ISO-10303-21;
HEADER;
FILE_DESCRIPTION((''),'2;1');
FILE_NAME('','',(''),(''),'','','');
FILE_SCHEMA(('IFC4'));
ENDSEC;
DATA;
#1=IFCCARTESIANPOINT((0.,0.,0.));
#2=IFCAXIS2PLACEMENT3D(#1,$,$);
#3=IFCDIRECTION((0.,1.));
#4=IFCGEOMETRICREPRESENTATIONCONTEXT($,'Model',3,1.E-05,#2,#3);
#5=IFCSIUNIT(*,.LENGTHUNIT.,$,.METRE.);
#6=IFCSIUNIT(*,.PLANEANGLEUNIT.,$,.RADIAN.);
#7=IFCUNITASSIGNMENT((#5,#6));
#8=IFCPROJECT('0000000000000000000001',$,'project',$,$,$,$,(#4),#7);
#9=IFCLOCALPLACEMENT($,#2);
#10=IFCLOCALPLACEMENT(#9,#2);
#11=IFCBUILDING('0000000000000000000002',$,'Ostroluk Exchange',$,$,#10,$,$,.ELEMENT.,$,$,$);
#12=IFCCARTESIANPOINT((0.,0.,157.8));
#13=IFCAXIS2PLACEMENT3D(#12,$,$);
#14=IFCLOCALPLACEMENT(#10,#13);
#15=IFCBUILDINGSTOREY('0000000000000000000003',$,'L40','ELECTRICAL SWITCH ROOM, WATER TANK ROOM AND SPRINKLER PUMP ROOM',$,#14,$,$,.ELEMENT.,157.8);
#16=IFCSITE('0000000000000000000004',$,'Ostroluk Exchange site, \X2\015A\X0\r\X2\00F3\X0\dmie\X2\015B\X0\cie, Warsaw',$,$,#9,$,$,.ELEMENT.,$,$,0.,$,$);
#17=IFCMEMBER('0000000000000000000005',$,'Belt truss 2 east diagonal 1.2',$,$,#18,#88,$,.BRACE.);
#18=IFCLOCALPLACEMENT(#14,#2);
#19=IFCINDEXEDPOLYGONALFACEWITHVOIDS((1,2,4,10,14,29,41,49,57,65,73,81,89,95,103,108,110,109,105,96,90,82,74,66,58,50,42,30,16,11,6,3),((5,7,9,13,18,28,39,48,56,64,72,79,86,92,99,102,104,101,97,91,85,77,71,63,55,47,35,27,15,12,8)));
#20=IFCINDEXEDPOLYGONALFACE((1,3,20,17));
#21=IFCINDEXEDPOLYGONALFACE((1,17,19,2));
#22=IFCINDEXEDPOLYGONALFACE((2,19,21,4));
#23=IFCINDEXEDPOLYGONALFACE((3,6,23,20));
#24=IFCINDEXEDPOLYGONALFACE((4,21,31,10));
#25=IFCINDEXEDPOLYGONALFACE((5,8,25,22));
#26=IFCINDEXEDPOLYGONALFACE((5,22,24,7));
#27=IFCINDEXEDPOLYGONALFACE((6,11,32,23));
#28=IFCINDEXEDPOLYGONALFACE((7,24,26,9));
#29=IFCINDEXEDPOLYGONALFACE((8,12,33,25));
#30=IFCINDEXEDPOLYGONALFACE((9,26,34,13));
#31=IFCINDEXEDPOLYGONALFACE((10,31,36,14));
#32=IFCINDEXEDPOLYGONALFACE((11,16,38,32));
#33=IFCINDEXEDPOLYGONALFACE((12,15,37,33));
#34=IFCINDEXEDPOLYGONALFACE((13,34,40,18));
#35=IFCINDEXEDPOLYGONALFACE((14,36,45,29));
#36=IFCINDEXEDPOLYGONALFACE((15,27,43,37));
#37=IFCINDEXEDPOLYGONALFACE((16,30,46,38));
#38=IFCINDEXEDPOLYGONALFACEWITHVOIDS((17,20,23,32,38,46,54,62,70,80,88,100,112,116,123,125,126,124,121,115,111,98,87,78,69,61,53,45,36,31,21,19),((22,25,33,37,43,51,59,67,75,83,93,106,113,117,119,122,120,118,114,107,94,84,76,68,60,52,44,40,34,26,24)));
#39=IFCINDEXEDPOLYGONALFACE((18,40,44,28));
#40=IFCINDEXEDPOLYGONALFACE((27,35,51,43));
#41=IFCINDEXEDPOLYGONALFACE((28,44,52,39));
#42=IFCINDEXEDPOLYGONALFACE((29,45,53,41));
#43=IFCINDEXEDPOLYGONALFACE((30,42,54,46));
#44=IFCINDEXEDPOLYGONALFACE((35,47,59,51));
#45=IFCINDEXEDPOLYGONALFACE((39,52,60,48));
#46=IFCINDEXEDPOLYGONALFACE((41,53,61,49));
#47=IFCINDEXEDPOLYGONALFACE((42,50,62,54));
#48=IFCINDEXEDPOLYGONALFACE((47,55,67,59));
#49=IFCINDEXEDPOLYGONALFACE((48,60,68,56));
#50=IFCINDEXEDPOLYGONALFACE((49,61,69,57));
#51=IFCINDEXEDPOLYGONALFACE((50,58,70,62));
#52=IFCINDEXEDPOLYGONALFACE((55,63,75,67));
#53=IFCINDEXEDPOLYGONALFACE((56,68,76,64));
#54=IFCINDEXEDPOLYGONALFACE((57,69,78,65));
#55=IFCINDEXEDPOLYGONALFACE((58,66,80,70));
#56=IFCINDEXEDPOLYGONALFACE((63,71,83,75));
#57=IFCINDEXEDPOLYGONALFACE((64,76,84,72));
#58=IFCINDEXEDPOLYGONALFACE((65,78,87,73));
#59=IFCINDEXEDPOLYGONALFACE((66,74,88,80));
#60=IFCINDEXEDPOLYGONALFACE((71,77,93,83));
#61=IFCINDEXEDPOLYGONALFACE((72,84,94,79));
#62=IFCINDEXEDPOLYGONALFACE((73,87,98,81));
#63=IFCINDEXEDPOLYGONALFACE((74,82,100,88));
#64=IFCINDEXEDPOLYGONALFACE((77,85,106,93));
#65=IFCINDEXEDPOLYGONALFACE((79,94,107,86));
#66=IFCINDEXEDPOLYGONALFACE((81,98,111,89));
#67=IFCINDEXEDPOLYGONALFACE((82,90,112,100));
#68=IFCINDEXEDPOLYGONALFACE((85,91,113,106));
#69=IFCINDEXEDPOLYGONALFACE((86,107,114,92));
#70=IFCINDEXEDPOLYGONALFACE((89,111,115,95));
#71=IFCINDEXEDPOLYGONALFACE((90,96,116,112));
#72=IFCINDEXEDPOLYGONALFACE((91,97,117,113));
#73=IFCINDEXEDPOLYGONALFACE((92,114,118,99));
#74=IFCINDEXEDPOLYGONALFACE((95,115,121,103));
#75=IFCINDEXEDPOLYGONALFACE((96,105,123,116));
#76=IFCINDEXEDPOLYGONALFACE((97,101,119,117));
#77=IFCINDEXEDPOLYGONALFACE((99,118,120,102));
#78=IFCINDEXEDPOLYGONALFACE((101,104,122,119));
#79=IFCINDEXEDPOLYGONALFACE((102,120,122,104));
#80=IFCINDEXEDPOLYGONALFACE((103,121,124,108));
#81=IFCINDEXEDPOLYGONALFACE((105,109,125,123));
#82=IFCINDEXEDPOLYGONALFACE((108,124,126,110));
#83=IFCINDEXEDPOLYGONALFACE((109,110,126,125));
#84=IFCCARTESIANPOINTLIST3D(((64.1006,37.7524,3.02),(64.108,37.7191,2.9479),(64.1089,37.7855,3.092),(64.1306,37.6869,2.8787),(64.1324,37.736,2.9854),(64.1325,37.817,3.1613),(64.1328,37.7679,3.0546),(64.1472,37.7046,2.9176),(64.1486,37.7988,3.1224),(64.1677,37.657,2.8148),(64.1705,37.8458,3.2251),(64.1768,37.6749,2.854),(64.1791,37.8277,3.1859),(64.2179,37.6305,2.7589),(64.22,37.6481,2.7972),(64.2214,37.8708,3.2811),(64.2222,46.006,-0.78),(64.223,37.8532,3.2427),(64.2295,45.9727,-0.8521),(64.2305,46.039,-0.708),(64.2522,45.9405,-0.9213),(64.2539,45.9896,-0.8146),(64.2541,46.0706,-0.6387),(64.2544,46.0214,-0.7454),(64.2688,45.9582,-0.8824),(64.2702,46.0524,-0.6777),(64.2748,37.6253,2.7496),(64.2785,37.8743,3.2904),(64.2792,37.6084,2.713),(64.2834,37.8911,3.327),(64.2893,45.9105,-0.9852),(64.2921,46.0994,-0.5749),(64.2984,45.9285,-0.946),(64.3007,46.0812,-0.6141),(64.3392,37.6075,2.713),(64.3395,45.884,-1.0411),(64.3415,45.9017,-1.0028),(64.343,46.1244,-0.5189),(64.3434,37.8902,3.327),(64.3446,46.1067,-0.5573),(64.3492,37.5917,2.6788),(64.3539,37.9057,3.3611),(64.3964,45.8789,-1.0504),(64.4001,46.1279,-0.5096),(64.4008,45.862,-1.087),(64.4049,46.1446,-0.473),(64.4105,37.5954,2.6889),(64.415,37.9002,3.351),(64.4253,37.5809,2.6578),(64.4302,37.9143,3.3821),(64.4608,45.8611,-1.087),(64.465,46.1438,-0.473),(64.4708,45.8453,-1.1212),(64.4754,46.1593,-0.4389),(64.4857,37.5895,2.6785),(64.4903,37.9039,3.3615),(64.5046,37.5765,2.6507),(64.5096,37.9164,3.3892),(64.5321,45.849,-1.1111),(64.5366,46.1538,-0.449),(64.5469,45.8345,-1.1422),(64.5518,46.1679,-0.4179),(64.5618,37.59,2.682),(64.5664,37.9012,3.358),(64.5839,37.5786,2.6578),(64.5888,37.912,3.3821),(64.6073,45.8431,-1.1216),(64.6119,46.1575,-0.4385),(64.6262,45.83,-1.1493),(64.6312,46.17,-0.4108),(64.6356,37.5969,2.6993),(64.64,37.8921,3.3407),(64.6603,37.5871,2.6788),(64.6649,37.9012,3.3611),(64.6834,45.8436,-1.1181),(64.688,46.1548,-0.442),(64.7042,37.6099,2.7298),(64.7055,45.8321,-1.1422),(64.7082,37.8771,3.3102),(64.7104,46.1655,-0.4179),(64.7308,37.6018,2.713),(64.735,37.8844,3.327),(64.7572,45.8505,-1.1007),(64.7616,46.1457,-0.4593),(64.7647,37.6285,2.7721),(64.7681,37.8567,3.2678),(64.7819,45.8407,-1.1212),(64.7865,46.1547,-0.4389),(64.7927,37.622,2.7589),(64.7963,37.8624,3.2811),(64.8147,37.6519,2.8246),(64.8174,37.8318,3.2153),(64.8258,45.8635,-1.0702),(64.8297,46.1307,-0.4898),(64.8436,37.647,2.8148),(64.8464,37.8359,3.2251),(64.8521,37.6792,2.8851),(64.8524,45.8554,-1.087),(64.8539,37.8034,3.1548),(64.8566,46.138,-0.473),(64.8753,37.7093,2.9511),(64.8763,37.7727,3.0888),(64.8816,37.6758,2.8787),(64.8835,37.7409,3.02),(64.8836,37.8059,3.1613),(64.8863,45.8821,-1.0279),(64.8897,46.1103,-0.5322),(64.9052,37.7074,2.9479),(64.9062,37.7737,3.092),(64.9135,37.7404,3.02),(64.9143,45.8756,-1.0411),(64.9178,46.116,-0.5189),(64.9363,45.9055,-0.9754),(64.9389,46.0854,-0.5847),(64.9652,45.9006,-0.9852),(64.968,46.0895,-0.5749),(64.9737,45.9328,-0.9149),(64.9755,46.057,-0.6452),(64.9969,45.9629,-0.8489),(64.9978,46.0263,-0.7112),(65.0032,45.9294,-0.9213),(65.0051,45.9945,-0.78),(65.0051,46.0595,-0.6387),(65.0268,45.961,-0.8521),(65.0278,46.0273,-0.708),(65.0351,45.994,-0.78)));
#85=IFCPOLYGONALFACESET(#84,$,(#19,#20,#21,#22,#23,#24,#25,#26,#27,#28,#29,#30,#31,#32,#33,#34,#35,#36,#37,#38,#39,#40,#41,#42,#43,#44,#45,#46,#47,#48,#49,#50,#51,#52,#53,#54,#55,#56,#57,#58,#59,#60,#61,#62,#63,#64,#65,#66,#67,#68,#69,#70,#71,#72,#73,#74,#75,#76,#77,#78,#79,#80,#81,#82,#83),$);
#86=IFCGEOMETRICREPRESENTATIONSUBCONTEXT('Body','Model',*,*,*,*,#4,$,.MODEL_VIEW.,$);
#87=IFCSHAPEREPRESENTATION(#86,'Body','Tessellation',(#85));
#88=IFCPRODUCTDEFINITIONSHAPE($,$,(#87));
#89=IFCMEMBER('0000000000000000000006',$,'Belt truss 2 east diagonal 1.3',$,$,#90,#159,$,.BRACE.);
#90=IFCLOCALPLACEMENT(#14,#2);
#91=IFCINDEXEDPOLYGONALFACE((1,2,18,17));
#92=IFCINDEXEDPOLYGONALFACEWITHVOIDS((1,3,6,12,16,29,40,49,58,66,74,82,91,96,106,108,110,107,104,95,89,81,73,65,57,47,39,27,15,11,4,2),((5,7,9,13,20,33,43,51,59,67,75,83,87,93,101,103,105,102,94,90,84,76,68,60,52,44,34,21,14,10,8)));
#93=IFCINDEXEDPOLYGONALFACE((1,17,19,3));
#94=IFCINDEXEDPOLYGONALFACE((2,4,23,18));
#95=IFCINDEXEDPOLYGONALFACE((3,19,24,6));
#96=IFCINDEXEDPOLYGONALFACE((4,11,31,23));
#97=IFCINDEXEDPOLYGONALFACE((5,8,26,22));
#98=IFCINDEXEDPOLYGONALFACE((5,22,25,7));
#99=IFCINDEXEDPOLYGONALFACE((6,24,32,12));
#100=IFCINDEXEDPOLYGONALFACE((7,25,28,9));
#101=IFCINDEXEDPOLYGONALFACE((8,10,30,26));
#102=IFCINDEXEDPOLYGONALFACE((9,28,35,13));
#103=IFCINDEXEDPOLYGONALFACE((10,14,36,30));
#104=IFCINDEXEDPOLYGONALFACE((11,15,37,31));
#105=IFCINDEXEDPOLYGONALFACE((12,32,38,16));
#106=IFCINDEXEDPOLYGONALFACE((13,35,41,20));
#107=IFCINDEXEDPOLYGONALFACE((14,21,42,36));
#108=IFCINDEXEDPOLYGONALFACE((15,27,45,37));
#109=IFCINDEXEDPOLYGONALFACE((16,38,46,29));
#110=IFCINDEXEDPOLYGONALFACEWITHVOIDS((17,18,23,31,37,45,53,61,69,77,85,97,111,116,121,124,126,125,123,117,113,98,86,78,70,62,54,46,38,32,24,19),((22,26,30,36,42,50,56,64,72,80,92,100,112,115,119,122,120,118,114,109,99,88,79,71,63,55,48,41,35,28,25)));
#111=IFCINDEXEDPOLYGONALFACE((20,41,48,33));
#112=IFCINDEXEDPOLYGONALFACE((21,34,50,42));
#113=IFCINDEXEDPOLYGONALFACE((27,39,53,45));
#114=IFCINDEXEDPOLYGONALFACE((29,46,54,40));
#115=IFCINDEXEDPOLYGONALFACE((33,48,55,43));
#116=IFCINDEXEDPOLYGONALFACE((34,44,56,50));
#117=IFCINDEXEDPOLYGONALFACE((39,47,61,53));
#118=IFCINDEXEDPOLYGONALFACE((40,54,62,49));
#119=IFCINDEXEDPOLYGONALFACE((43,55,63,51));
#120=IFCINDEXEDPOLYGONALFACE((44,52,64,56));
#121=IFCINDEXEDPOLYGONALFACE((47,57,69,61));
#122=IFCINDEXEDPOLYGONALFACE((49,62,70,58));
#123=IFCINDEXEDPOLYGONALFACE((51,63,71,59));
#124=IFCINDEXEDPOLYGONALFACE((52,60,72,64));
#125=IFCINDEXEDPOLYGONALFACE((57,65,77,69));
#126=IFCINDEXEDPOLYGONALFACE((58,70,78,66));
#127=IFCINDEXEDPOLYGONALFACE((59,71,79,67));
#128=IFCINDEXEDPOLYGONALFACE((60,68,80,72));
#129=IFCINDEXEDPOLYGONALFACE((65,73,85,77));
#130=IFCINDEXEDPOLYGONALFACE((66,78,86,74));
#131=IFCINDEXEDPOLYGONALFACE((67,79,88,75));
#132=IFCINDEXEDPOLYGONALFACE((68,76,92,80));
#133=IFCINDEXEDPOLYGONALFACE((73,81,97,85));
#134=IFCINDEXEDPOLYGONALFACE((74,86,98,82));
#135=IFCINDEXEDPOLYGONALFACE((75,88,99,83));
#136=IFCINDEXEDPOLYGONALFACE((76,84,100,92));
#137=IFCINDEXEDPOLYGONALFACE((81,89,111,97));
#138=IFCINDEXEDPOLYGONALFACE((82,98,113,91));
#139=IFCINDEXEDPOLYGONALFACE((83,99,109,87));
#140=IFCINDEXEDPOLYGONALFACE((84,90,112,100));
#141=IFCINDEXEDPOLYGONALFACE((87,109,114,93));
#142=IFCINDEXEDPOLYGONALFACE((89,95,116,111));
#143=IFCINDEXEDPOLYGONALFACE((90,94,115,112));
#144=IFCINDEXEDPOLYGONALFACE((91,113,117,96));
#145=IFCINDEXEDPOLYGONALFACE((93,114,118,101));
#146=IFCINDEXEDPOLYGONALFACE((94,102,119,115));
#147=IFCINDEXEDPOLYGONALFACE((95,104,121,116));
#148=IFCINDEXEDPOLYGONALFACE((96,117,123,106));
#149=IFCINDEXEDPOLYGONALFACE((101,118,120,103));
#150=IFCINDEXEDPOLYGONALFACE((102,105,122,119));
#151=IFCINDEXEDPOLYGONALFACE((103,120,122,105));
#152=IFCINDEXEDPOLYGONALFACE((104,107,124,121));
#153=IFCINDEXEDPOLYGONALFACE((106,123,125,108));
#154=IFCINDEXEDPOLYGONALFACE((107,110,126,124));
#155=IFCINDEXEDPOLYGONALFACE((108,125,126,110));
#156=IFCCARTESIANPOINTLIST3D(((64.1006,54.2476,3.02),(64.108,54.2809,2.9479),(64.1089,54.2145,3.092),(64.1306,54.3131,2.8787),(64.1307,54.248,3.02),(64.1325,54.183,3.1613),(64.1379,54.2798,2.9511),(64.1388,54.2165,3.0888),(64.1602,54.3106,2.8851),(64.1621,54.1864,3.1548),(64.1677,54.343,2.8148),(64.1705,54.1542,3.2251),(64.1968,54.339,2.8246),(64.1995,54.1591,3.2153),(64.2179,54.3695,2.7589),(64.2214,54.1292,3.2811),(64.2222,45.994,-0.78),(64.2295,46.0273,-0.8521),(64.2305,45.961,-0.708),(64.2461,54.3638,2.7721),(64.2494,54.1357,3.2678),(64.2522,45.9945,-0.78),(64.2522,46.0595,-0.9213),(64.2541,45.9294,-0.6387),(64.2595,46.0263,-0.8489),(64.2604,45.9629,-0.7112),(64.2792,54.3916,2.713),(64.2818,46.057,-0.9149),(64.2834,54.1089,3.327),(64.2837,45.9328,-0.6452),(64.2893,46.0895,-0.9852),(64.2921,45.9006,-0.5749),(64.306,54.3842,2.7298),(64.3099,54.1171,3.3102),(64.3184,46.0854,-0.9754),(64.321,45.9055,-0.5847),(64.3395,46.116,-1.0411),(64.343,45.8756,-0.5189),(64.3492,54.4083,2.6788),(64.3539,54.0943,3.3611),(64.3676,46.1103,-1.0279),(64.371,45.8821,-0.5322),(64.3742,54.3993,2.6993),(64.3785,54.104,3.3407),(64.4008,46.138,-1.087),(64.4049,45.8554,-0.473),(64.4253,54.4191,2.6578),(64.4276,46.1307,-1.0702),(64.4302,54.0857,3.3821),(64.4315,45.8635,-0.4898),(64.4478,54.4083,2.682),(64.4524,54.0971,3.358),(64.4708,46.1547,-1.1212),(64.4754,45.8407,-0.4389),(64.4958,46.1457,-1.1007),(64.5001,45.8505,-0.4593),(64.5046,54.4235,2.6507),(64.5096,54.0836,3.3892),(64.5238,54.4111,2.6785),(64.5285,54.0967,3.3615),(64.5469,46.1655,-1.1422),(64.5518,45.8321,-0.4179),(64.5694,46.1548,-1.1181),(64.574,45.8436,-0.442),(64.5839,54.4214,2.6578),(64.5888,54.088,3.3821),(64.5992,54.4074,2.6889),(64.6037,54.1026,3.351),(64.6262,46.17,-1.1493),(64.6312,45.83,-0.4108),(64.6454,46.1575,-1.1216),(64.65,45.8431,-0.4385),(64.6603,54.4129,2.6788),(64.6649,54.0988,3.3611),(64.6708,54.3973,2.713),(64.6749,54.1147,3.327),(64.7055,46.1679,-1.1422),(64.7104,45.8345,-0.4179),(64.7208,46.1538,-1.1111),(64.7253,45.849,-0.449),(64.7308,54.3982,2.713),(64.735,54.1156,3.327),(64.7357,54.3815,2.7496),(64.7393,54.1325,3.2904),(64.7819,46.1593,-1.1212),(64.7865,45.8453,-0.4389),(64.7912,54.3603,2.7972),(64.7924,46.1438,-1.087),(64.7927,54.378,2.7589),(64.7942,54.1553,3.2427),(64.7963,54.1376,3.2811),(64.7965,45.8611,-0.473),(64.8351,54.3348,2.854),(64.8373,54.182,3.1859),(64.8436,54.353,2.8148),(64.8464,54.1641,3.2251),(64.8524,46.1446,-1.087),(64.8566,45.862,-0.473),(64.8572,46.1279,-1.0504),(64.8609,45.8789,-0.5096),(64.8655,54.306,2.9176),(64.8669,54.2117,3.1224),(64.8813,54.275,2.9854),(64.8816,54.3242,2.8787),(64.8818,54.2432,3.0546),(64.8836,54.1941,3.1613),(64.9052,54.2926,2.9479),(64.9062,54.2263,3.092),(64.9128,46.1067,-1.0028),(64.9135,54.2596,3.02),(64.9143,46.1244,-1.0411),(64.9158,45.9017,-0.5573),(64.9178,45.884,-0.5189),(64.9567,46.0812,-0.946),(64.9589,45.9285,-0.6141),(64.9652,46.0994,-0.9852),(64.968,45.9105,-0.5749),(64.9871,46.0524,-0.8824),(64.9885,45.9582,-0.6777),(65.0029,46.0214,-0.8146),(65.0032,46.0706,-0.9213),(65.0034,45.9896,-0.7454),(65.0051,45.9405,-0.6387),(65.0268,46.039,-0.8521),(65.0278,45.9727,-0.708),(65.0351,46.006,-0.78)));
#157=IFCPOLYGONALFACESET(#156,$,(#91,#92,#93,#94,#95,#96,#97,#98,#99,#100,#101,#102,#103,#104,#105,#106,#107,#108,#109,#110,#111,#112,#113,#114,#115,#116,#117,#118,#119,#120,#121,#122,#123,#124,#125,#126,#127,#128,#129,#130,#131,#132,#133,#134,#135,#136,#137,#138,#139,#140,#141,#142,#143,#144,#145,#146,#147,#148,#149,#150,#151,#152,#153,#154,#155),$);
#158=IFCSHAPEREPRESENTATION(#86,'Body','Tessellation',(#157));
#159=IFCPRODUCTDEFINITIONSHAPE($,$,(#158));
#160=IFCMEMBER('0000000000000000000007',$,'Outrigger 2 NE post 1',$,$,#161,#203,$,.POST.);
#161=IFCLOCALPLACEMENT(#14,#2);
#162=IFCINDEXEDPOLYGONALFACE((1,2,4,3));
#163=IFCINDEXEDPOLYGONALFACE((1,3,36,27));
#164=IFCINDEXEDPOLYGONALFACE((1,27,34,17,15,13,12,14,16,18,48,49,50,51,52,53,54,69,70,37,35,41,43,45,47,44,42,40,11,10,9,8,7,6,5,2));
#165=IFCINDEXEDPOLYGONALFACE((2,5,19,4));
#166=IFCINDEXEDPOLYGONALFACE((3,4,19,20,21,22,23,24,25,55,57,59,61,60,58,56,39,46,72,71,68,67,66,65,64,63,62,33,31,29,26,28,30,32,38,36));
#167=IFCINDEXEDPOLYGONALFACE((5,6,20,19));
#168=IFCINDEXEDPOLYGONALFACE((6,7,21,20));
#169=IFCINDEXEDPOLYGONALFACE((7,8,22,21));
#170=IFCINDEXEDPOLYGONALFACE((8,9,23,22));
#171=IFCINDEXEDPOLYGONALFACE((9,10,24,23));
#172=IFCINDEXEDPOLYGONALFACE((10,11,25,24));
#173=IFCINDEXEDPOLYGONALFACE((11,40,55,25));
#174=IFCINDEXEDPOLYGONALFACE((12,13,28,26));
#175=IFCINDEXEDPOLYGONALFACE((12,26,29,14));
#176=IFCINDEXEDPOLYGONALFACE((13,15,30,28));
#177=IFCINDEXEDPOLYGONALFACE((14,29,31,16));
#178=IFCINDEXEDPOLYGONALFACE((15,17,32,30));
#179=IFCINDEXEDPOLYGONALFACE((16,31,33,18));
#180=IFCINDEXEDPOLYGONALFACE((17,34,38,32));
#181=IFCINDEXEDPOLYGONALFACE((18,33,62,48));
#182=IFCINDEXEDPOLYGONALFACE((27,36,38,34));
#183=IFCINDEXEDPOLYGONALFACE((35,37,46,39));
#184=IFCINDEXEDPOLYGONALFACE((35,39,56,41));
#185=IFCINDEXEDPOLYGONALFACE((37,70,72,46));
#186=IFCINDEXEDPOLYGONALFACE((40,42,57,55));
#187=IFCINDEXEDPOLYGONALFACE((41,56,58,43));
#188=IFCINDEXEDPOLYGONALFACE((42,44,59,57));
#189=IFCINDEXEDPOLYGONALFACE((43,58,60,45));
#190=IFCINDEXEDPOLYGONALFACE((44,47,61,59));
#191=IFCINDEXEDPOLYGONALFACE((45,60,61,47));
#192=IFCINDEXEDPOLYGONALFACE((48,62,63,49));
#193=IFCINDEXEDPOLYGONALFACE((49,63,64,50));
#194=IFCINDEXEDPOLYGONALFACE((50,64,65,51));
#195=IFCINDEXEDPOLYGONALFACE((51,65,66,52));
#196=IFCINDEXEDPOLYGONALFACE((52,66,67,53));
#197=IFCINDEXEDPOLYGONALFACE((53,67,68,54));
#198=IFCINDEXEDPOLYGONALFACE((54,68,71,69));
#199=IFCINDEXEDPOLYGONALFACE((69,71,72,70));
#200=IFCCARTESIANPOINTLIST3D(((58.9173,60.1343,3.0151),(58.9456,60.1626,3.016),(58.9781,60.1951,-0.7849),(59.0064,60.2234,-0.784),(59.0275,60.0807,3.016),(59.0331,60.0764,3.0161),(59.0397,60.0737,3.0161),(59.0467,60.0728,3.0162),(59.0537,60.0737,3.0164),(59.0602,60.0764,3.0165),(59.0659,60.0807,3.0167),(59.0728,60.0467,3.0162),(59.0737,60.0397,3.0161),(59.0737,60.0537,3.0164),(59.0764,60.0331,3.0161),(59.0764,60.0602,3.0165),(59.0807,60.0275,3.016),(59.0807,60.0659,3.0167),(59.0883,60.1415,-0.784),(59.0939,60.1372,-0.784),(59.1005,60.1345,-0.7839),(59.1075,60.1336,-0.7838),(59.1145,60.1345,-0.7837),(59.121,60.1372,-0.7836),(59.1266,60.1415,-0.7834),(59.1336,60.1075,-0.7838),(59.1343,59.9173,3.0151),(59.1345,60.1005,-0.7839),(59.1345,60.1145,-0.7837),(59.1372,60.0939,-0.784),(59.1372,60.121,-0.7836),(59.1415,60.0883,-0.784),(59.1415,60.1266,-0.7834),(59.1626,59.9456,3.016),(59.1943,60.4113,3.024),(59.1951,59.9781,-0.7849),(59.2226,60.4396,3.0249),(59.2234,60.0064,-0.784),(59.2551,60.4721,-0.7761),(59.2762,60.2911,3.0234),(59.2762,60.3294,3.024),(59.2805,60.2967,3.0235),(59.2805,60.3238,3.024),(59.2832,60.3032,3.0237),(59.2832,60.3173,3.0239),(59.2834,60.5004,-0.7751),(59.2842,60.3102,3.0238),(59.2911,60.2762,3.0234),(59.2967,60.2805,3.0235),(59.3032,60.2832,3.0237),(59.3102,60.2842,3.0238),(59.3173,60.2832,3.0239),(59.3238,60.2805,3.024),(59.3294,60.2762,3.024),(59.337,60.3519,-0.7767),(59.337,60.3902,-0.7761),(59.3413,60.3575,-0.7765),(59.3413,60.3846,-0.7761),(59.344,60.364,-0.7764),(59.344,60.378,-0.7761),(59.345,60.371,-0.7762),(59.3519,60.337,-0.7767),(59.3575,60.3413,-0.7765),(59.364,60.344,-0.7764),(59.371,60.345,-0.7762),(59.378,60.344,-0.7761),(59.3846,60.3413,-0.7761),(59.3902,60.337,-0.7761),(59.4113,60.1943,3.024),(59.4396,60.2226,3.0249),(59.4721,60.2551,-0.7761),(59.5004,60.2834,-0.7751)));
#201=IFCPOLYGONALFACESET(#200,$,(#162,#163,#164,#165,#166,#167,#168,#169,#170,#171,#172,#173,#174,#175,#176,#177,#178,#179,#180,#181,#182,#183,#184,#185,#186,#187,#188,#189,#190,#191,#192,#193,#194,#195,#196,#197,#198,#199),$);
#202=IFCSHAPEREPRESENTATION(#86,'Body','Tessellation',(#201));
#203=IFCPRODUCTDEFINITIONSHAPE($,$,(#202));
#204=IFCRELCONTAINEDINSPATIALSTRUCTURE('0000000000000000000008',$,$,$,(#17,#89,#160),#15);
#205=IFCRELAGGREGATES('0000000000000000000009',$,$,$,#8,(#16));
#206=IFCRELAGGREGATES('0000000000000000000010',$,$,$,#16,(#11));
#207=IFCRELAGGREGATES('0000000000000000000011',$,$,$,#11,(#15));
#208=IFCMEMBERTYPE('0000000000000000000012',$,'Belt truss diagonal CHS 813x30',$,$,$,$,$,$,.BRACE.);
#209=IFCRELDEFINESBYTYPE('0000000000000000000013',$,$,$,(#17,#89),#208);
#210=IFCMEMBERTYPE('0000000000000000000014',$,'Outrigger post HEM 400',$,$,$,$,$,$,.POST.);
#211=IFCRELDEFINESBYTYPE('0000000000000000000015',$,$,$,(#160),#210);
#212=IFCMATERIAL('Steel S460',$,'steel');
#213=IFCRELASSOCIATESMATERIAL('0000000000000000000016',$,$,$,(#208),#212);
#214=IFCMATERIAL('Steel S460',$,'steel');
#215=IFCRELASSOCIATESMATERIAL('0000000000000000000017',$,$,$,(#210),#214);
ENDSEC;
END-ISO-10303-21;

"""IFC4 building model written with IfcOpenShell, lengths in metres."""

from ifc_helpers import new_model, si_unit, direction, frame, origin, origin_2d, place, context, subcontext, project, spatial, hollow_circle, i_section, extrude, material, material_profile, profile_set, type_object, element, save


model = new_model("IFC4")

# Units and contexts
model_context = context("Model", 3, precision=1e-05, world=origin(), true_north=direction((0.0, 1.0)))
body_context = subcontext(model_context, "Body", "Model", "MODEL_VIEW")
ifc_project = project(units=[si_unit("LENGTHUNIT", "METRE"), si_unit("PLANEANGLEUNIT", "RADIAN")], contexts=[model_context])

# Site, building, storey
site_placement = place(None, origin())
site = spatial("IfcSite", under=ifc_project, at=site_placement, Name="Ostroluk Exchange site, Śródmieście, Warsaw", CompositionType="ELEMENT", RefElevation=0.0)
building_placement = place(site_placement, origin())
building = spatial("IfcBuilding", under=site, at=building_placement, Name="Ostroluk Exchange", CompositionType="ELEMENT")
storey_placement = place(building_placement, frame((0.0, 0.0, 157.8)))
storey = spatial("IfcBuildingStorey", under=building, at=storey_placement, Name="L40", Description="ELECTRICAL SWITCH ROOM, WATER TANK ROOM AND SPRINKLER PUMP ROOM", CompositionType="ELEMENT", Elevation=157.8)

# Members
ifc_material_1 = material(Name="Steel S460", Category="steel")
ifc_material_profile_1 = material_profile(ifc_material_1, hollow_circle(Radius=0.4065, WallThickness=0.03, at=origin_2d()), Name="CHS 813x30")
ifc_profile_set_1 = profile_set([ifc_material_profile_1], Name="Steel S460")
member_type_1 = type_object("IfcMemberType", Name="Belt truss diagonal CHS 813x30", PredefinedType="BRACE", material=ifc_profile_set_1)
for number, where, z_axis, x_axis, name in (
    (1, (64.6287, 46.0, -0.78), (-0.013379, -0.908269, 0.418174), (0.999892, -0.014729, 0.0), "Belt truss 2 east diagonal 1.2"),
    (2, (64.6287, 46.0, -0.78), (-0.013379, 0.908269, 0.418174), (-0.999892, -0.014729, 0.0), "Belt truss 2 east diagonal 1.3"),
):
    element("IfcMember", number, at=place(storey_placement, frame(where, z_axis=z_axis, x_axis=x_axis)), inside=storey, type_object=member_type_1, Name=name, PredefinedType="BRACE", context=body_context, shape_type="SweptSolid", body=[
        extrude(hollow_circle(Radius=0.4065, WallThickness=0.03, at=origin_2d()), origin(), (0.0, 0.0, 1.0), 9.0872),
    ])
ifc_material_2 = material(Name="Steel S460", Category="steel")
ifc_material_profile_2 = material_profile(ifc_material_2, i_section(OverallWidth=0.3069, OverallDepth=0.4319, WebThickness=0.021, FlangeThickness=0.04, FilletRadius=0.0271, at=origin_2d()), Name="HEM 400")
ifc_profile_set_2 = profile_set([ifc_material_profile_2], Name="Steel S460")
member_type_2 = type_object("IfcMemberType", Name="Outrigger post HEM 400", PredefinedType="POST", material=ifc_profile_set_2)
member_1_placement = place(storey_placement, frame((59.2393, 60.2393, -0.78), z_axis=(-0.015993, -0.015993, 0.999744), x_axis=(0.707107, -0.707107, 0.0)))
element("IfcMember", 3, at=member_1_placement, inside=storey, type_object=member_type_2, Name="Outrigger 2 NE post 1", PredefinedType="POST", context=body_context, shape_type="SweptSolid", body=[
    extrude(i_section(OverallWidth=0.3069, OverallDepth=0.4319, WebThickness=0.021, FlangeThickness=0.04, FilletRadius=0.0271, at=origin_2d()), origin(), (0.0, 0.0, 1.0), 3.801),
])

save(model, "model.ifc")
